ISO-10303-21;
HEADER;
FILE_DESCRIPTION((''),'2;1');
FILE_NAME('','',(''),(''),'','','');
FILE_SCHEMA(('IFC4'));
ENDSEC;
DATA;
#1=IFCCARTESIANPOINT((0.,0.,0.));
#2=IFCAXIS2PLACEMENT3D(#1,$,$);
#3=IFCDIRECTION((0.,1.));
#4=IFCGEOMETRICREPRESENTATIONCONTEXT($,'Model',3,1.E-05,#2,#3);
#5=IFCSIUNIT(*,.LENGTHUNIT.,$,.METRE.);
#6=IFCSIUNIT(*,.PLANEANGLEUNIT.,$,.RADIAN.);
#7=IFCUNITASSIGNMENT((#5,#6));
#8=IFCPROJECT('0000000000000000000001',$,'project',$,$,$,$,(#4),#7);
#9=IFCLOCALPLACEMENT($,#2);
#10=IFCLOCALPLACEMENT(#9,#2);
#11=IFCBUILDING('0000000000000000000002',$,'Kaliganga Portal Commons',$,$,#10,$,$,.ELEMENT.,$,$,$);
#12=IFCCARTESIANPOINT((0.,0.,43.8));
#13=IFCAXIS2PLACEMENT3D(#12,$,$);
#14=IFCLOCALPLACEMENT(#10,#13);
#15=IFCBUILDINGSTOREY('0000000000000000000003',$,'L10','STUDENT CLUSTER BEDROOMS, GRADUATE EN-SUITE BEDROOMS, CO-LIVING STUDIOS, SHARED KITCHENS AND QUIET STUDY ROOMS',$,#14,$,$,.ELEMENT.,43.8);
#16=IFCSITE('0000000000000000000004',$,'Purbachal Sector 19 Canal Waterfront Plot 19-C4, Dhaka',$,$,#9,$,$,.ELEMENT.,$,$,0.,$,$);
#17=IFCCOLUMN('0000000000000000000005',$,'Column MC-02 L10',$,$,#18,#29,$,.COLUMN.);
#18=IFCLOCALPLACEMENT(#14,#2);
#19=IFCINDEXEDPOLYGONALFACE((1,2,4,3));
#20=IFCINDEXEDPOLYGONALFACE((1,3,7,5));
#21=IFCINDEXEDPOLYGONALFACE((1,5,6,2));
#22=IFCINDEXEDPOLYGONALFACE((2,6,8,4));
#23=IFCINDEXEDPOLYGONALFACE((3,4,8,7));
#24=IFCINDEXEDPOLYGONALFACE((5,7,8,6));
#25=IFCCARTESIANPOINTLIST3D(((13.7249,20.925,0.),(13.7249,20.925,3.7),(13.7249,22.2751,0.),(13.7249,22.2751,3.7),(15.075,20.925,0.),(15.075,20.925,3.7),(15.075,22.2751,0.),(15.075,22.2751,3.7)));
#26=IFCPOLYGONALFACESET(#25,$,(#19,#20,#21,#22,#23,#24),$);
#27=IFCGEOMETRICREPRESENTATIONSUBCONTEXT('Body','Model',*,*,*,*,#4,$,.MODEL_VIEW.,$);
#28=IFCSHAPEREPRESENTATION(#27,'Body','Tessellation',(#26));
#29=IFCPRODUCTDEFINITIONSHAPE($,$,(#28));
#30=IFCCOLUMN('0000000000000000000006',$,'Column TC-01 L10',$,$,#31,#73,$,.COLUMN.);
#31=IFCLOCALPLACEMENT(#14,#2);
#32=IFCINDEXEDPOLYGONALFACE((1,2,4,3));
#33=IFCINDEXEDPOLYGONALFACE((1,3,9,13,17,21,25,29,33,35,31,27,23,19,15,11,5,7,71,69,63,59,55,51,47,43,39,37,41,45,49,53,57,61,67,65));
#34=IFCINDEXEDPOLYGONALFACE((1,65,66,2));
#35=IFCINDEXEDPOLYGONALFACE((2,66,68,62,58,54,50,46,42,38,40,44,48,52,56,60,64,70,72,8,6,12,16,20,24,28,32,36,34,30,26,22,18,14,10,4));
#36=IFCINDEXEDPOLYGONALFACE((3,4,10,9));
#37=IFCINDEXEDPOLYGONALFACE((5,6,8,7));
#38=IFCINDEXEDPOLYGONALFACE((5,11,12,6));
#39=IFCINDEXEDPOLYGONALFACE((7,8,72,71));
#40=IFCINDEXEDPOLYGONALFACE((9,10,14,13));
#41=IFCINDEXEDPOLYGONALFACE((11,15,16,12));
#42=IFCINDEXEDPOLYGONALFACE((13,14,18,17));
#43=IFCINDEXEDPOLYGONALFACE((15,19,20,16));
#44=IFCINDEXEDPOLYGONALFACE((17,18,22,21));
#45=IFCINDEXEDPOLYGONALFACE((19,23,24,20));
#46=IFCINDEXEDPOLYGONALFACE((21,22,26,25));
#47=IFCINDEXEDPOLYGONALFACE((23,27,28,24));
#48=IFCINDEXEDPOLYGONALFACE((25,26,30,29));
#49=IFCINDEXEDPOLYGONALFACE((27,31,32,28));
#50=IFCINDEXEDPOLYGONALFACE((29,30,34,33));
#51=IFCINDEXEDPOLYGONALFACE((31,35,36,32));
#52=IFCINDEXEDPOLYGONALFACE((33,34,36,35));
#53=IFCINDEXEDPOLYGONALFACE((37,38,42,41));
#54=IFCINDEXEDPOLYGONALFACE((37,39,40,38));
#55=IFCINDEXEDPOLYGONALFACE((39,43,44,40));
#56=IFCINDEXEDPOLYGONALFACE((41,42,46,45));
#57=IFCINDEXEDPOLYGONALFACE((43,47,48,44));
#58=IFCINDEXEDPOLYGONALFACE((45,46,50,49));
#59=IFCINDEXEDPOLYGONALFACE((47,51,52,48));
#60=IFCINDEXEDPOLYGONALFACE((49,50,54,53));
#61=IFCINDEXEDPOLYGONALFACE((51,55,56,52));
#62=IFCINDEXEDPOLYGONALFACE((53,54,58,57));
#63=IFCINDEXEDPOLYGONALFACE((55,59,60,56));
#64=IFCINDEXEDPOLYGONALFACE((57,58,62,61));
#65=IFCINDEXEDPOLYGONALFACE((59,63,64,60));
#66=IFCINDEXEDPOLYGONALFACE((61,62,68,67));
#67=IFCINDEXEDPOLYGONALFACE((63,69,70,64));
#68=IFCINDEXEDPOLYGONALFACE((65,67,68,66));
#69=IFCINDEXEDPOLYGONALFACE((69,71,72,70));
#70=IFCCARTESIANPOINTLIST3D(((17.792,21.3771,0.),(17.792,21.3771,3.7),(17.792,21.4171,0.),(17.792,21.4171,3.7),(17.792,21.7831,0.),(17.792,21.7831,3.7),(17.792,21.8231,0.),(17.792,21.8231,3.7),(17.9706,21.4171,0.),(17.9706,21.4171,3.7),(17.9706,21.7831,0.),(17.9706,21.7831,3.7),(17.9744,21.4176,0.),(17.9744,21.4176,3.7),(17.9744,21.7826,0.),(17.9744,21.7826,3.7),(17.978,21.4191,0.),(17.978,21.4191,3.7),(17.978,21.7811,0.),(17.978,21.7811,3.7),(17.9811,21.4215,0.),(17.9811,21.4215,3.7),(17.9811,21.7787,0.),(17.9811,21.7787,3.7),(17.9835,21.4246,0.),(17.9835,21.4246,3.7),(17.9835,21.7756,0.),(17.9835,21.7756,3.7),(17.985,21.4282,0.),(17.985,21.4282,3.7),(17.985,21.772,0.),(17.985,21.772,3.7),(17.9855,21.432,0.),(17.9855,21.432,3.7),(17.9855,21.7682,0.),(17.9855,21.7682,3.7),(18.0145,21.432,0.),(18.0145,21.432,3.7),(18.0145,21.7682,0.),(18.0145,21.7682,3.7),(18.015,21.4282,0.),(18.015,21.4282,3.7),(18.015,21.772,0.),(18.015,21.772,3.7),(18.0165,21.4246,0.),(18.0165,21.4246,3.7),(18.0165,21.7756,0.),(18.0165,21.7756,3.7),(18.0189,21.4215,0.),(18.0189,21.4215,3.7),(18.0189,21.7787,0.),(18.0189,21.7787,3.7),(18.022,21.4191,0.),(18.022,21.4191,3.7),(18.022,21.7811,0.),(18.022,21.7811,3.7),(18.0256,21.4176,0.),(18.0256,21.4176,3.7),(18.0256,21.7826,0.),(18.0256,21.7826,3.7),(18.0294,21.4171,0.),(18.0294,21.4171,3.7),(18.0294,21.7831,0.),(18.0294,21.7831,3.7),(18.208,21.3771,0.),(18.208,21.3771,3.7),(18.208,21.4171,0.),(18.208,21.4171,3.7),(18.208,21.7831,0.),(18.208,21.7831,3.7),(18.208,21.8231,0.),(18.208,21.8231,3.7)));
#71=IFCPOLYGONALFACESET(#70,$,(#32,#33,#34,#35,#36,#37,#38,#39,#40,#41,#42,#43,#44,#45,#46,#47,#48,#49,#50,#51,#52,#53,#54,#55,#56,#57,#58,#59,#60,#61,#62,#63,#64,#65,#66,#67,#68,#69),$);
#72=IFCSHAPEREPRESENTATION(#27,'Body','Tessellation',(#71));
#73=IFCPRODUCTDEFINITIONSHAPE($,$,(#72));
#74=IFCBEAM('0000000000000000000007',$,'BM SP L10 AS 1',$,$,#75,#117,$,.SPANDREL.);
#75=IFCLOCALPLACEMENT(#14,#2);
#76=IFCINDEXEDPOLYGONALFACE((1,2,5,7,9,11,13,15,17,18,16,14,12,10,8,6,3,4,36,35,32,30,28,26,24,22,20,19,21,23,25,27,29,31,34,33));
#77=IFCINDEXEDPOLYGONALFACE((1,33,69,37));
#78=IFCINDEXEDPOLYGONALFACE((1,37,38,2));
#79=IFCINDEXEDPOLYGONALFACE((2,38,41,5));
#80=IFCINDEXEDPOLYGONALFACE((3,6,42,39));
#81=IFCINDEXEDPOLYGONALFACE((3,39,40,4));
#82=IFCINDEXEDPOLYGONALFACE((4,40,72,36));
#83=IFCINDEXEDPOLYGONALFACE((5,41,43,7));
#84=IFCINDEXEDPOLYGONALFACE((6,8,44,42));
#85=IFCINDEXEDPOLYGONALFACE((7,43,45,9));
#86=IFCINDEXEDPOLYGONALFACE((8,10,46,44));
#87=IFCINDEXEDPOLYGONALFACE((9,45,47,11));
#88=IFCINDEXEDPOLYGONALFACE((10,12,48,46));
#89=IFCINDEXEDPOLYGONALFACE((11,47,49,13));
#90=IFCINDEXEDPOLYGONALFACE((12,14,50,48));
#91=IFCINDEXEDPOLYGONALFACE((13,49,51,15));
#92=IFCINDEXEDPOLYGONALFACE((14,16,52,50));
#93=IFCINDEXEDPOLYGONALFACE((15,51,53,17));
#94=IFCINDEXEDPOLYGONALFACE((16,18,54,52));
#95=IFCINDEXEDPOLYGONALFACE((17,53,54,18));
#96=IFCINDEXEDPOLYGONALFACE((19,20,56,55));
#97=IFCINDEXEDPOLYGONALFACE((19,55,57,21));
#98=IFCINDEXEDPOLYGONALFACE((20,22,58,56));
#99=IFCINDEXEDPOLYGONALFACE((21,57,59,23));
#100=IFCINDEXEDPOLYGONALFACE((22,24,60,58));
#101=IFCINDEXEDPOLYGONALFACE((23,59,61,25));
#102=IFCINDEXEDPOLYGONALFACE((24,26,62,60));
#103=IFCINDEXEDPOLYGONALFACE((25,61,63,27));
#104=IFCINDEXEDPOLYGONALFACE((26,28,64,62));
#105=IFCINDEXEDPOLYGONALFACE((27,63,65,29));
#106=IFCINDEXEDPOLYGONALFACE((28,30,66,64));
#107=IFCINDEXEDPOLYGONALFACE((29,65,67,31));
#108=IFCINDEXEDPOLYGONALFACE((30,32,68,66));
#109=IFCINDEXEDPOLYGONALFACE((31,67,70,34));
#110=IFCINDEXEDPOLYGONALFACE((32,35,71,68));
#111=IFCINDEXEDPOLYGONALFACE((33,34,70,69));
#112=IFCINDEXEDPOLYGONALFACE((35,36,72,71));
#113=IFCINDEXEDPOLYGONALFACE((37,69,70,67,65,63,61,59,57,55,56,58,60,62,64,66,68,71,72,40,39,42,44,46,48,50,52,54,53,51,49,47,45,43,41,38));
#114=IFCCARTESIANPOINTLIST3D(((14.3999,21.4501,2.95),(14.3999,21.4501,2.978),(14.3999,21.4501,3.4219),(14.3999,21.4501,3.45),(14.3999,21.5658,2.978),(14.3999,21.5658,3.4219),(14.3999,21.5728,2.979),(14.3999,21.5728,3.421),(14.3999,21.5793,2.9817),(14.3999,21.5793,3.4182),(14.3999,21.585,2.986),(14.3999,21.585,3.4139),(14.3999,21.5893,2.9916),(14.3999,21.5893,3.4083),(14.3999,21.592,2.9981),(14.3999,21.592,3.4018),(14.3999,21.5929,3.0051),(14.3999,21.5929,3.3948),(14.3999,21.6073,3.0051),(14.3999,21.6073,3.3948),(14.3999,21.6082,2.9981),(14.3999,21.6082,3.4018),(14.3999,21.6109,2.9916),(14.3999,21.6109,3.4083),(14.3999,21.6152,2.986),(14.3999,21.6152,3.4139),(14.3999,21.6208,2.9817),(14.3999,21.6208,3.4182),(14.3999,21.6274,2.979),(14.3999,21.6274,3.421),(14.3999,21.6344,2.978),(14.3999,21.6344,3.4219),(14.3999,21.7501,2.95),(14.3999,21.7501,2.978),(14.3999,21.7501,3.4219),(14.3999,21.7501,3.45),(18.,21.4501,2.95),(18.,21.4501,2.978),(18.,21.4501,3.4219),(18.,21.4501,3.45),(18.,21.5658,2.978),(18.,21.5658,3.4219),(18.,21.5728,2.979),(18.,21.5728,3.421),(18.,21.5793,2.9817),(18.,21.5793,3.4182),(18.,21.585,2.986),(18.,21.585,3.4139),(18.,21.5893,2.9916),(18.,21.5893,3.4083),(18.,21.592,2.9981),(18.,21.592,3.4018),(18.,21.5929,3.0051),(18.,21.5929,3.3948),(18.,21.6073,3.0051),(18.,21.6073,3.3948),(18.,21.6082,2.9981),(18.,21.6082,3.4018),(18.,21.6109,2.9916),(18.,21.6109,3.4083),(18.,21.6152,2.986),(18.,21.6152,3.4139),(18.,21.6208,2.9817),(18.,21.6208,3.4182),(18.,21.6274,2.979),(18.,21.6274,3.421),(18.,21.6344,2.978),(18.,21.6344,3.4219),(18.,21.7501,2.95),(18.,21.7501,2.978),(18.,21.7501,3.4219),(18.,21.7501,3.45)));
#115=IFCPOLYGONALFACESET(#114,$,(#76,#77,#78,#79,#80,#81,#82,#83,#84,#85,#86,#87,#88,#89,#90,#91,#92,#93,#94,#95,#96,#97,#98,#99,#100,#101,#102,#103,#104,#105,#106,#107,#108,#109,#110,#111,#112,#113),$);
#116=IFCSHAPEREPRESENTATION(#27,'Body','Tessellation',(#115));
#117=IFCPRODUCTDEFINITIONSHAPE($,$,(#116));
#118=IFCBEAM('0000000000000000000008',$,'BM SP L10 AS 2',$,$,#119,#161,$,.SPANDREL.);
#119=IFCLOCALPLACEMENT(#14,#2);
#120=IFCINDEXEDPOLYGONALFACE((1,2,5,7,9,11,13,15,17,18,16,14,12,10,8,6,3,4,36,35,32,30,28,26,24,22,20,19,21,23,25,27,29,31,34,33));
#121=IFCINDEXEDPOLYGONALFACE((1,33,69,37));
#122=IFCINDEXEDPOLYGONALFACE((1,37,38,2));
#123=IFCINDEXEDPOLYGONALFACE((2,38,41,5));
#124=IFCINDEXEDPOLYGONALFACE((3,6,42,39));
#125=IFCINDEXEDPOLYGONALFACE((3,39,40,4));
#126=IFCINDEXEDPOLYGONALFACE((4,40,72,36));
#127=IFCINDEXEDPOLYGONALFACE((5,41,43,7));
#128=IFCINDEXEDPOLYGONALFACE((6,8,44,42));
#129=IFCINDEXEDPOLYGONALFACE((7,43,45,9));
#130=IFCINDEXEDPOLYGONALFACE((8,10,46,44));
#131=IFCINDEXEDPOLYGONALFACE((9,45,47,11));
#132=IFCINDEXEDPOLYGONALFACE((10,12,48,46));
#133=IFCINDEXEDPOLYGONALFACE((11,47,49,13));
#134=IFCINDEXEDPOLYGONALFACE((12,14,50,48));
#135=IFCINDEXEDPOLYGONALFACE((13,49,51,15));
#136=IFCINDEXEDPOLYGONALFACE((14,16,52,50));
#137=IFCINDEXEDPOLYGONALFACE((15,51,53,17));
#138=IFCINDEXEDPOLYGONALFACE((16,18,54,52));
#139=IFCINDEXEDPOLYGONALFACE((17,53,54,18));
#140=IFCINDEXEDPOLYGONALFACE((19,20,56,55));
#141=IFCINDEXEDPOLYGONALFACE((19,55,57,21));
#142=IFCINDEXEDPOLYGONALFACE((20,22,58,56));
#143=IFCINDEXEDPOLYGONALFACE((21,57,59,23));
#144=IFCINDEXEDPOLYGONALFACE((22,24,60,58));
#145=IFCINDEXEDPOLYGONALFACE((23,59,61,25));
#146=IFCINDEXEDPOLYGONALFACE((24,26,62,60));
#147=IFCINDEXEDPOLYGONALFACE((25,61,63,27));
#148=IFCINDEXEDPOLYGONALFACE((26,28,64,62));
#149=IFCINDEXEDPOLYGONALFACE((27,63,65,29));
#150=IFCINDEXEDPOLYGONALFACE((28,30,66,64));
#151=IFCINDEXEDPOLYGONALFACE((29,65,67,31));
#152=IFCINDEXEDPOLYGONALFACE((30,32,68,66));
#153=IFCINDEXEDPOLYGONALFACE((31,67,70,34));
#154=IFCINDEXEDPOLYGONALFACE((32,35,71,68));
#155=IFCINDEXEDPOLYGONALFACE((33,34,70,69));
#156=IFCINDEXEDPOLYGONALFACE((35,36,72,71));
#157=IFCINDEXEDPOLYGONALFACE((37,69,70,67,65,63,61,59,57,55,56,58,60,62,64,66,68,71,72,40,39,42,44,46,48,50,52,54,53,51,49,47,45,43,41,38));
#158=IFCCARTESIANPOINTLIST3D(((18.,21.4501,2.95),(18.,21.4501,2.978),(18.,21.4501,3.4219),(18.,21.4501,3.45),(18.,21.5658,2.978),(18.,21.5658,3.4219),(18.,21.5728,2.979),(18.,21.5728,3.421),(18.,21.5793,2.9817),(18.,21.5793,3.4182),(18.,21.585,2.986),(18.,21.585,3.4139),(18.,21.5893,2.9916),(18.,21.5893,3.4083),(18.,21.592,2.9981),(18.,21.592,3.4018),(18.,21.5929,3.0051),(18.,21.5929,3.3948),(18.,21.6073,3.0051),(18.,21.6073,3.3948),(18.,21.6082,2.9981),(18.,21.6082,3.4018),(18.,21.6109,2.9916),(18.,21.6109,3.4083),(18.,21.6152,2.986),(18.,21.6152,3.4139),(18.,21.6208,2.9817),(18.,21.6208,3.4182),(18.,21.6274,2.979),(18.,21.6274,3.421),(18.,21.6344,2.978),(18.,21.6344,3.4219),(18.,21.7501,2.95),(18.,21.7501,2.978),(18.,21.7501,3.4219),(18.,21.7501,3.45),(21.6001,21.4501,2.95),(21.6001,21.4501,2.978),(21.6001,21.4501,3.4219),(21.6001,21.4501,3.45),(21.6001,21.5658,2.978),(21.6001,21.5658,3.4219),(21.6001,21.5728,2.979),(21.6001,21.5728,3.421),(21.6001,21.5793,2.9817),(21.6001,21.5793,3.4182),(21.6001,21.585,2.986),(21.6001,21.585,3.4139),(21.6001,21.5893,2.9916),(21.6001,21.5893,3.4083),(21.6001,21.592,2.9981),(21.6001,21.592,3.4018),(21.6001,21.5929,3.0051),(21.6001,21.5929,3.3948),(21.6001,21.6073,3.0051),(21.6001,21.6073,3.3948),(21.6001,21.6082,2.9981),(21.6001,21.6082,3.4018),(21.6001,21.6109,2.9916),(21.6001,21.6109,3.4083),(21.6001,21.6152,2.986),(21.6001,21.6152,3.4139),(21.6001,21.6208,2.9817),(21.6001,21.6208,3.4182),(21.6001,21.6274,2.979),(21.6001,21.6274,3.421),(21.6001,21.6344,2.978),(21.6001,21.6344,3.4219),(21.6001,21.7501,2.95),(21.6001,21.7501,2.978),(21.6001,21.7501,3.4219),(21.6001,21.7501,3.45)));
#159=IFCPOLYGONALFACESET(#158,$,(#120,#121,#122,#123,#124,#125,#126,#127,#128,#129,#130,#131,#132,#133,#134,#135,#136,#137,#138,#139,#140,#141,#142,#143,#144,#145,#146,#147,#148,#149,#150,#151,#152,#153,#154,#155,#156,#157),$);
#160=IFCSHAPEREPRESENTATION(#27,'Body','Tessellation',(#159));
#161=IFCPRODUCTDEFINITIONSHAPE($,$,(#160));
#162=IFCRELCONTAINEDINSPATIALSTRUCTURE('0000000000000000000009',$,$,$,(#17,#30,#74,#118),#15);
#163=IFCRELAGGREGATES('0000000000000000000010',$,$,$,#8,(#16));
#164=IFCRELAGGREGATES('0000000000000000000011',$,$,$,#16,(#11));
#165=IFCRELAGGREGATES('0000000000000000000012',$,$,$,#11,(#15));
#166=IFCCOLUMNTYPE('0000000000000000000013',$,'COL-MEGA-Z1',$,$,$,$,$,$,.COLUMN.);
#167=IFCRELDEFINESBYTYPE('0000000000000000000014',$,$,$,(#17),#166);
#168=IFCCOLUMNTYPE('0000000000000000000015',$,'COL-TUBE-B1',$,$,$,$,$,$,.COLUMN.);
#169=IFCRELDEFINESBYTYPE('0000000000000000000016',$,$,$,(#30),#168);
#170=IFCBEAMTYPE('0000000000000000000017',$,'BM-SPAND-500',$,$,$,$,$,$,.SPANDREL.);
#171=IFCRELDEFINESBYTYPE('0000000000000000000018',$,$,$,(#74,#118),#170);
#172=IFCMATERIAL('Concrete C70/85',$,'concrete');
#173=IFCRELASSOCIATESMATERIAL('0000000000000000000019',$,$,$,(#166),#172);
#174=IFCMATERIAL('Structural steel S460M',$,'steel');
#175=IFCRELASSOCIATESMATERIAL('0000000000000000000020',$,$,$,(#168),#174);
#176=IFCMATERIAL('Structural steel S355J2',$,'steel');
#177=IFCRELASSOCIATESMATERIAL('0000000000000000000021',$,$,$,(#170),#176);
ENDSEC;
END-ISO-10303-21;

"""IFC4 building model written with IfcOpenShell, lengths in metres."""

from ifc_helpers import new_model, si_unit, direction, frame, origin, origin_2d, place, context, subcontext, project, spatial, rectangle, i_section, extrude, source, transform, mapped, material, material_profile, profile_set, type_object, element, save


model = new_model("IFC4")

# Units and contexts
model_context = context("Model", 3, precision=1e-05, world=origin(), true_north=direction((0.0, 1.0)))
body_context = subcontext(model_context, "Body", "Model", "MODEL_VIEW")
ifc_project = project(units=[si_unit("LENGTHUNIT", "METRE"), si_unit("PLANEANGLEUNIT", "RADIAN")], contexts=[model_context])

# Site, building, storey
site_placement = place(None, origin())
site = spatial("IfcSite", under=ifc_project, at=site_placement, Name="Purbachal Sector 19 Canal Waterfront Plot 19-C4, Dhaka", CompositionType="ELEMENT", RefElevation=0.0)
building_placement = place(site_placement, origin())
building = spatial("IfcBuilding", under=site, at=building_placement, Name="Kaliganga Portal Commons", CompositionType="ELEMENT")
storey_placement = place(building_placement, frame((0.0, 0.0, 43.8)))
storey = spatial("IfcBuildingStorey", under=building, at=storey_placement, Name="L10", Description="STUDENT CLUSTER BEDROOMS, GRADUATE EN-SUITE BEDROOMS, CO-LIVING STUDIOS, SHARED KITCHENS AND QUIET STUDY ROOMS", CompositionType="ELEMENT", Elevation=43.8)

# Columns
ifc_material_1 = material(Name="Concrete C70/85", Category="concrete")
ifc_material_profile_1 = material_profile(ifc_material_1, rectangle(XDim=1.3501, YDim=1.3501, at=origin_2d()), Name="RC 1350x1350")
ifc_profile_set_1 = profile_set([ifc_material_profile_1], Name="Concrete C70/85")
column_type_1 = type_object("IfcColumnType", Name="COL-MEGA-Z1", PredefinedType="COLUMN", material=ifc_profile_set_1)
shared_shape_1 = source(origin(), body_context, "Body", "SweptSolid", [
    extrude(rectangle(XDim=1.3501, YDim=1.3501, at=origin_2d()), origin(), (0.0, 0.0, 1.0), 3.7),
])
column_1_placement = place(storey_placement, frame((14.3999, 21.6001, 0.0), z_axis=(0.0, 0.0, 1.0), x_axis=(1.0, 0.0, 0.0)))
element("IfcColumn", 1, at=column_1_placement, inside=storey, type_object=column_type_1, Name="Column MC-02 L10", PredefinedType="COLUMN", context=body_context, shape_type="MappedRepresentation", body=[
    mapped(shared_shape_1, transform((0.0, 0.0, 0.0), x_axis=(1.0, 0.0, 0.0), y_axis=(0.0, 1.0, 0.0), z_axis=(0.0, 0.0, 1.0), scale=1.0)),
])
ifc_material_2 = material(Name="Structural steel S460M", Category="steel")
ifc_material_profile_2 = material_profile(ifc_material_2, i_section(OverallWidth=0.416, OverallDepth=0.446, WebThickness=0.0291, FlangeThickness=0.04, FilletRadius=0.0149, at=origin_2d()), Name="HD 400x509")
ifc_profile_set_2 = profile_set([ifc_material_profile_2], Name="Structural steel S460M wide-flange")
column_type_2 = type_object("IfcColumnType", Name="COL-TUBE-B1", PredefinedType="COLUMN", material=ifc_profile_set_2)
shared_shape_2 = source(origin(), body_context, "Body", "SweptSolid", [
    extrude(i_section(OverallWidth=0.416, OverallDepth=0.446, WebThickness=0.0291, FlangeThickness=0.04, FilletRadius=0.0149, at=origin_2d()), origin(), (0.0, 0.0, 1.0), 3.7),
])
column_2_placement = place(storey_placement, frame((18.0, 21.6001, 0.0), z_axis=(0.0, 0.0, 1.0), x_axis=(1.0, 0.0, 0.0)))
element("IfcColumn", 2, at=column_2_placement, inside=storey, type_object=column_type_2, Name="Column TC-01 L10", PredefinedType="COLUMN", context=body_context, shape_type="MappedRepresentation", body=[
    mapped(shared_shape_2, transform((0.0, 0.0, 0.0), x_axis=(1.0, 0.0, 0.0), y_axis=(0.0, 1.0, 0.0), z_axis=(0.0, 0.0, 1.0), scale=1.0)),
])

# Beams
ifc_material_3 = material(Name="Structural steel S355J2", Category="steel")
ifc_material_profile_3 = material_profile(ifc_material_3, i_section(OverallWidth=0.3, OverallDepth=0.5, WebThickness=0.0144, FlangeThickness=0.0281, FilletRadius=0.0271, at=origin_2d()), Name="HE 500 B")
ifc_profile_set_3 = profile_set([ifc_material_profile_3], Name="Structural steel S355J2 wide-flange")
beam_type_1 = type_object("IfcBeamType", Name="BM-SPAND-500", PredefinedType="SPANDREL", material=ifc_profile_set_3)
shared_shape_3 = source(origin(), body_context, "Body", "SweptSolid", [
    extrude(i_section(OverallWidth=0.3, OverallDepth=0.5, WebThickness=0.0144, FlangeThickness=0.0281, FilletRadius=0.0271, at=origin_2d()), origin(), (0.0, 0.0, 1.0), 3.6001),
])
for number, where, z_axis, x_axis, name in (
    (3, (14.3999, 21.6001, 3.2), (1.0, 0.0, 0.0), (0.0, 1.0, 0.0), "BM SP L10 AS 1"),
    (4, (18.0, 21.6001, 3.2), (1.0, 0.0, 0.0), (0.0, 1.0, 0.0), "BM SP L10 AS 2"),
):
    element("IfcBeam", number, at=place(storey_placement, frame(where, z_axis=z_axis, x_axis=x_axis)), inside=storey, type_object=beam_type_1, Name=name, PredefinedType="SPANDREL", context=body_context, shape_type="MappedRepresentation", body=[
        mapped(shared_shape_3, transform((0.0, 0.0, 0.0), x_axis=(1.0, 0.0, 0.0), y_axis=(0.0, 1.0, 0.0), z_axis=(0.0, 0.0, 1.0), scale=1.0)),
    ])

save(model, "model.ifc")
